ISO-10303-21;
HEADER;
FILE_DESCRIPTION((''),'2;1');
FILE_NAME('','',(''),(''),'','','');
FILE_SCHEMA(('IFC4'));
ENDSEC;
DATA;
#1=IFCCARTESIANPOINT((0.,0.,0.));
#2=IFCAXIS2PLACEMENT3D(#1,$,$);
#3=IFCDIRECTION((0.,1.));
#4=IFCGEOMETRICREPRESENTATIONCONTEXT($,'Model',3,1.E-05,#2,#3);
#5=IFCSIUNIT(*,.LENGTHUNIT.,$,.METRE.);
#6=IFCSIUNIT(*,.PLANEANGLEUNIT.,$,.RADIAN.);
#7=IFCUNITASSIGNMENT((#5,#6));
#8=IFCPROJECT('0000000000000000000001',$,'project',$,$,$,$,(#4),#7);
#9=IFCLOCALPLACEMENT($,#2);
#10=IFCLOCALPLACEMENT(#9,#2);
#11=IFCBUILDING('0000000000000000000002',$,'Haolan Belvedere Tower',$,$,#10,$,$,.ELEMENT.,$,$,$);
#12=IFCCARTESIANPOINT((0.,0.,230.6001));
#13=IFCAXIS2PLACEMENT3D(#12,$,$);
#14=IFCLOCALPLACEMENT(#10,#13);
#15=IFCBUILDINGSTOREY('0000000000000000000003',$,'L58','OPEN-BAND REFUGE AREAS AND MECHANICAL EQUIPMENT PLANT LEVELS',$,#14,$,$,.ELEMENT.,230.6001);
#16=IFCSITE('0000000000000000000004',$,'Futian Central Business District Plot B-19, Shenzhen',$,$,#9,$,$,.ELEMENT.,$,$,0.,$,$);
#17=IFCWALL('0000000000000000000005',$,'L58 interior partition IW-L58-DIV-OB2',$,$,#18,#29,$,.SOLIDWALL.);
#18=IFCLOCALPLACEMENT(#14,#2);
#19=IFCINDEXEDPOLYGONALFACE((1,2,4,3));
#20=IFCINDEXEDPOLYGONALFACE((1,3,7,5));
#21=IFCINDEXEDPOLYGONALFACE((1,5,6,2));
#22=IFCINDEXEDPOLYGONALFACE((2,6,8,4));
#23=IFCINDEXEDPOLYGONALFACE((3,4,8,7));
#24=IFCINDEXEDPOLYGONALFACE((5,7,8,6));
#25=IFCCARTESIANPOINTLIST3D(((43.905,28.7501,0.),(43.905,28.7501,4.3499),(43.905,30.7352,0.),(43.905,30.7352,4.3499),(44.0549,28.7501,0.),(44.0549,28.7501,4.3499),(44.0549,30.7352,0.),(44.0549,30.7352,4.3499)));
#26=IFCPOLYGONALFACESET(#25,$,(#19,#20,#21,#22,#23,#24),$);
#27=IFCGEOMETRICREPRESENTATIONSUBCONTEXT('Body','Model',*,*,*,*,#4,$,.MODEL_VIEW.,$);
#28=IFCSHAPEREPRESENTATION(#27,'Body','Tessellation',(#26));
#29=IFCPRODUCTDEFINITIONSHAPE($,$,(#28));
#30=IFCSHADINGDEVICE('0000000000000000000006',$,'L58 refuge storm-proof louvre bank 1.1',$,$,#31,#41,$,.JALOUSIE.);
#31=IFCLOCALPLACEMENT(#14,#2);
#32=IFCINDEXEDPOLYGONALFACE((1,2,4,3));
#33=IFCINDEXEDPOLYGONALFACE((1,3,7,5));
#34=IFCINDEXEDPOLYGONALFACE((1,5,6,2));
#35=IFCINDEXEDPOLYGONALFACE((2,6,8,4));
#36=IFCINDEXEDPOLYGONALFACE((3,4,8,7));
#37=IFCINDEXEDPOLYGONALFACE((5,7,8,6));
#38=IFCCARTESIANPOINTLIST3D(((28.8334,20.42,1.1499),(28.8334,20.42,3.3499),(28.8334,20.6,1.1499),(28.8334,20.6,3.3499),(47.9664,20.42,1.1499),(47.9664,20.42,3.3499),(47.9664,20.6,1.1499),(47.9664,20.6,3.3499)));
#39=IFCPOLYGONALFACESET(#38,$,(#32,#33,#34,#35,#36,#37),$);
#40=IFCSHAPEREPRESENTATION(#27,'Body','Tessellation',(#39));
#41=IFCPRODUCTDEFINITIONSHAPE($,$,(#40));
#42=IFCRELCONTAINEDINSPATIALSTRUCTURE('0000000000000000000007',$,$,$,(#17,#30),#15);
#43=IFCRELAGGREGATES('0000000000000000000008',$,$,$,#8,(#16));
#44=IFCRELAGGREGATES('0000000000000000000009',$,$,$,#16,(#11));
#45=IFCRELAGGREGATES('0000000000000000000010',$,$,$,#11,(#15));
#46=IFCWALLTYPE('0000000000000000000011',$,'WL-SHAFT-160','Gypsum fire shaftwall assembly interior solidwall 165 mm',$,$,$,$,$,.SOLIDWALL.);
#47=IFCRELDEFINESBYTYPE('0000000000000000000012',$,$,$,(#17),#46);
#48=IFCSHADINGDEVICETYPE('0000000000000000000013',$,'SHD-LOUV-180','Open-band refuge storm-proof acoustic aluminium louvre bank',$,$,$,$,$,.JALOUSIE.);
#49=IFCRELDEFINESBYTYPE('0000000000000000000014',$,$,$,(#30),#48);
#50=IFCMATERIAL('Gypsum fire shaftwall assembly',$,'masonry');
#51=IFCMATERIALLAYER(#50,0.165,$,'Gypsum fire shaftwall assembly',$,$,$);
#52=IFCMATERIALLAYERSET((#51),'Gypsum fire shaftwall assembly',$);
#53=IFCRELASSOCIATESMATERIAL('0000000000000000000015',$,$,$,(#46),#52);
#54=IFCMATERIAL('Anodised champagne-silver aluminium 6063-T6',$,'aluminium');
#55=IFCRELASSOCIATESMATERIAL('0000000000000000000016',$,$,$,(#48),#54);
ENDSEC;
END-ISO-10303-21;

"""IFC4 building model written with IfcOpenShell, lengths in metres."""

from ifc_helpers import new_model, si_unit, direction, frame, frame_2d, origin, origin_2d, place, context, subcontext, project, spatial, rectangle, extrude, material, layer, layer_set, type_object, element, save


model = new_model("IFC4")

# Units and contexts
model_context = context("Model", 3, precision=1e-05, world=origin(), true_north=direction((0.0, 1.0)))
body_context = subcontext(model_context, "Body", "Model", "MODEL_VIEW")
ifc_project = project(units=[si_unit("LENGTHUNIT", "METRE"), si_unit("PLANEANGLEUNIT", "RADIAN")], contexts=[model_context])

# Site, building, storey
site_placement = place(None, origin())
site = spatial("IfcSite", under=ifc_project, at=site_placement, Name="Futian Central Business District Plot B-19, Shenzhen", CompositionType="ELEMENT", RefElevation=0.0)
building_placement = place(site_placement, origin())
building = spatial("IfcBuilding", under=site, at=building_placement, Name="Haolan Belvedere Tower", CompositionType="ELEMENT")
storey_placement = place(building_placement, frame((0.0, 0.0, 230.6001)))
storey = spatial("IfcBuildingStorey", under=building, at=storey_placement, Name="L58", Description="OPEN-BAND REFUGE AREAS AND MECHANICAL EQUIPMENT PLANT LEVELS", CompositionType="ELEMENT", Elevation=230.6001)

# Shared definitions
ifc_material_1 = material(Name="Gypsum fire shaftwall assembly", Category="masonry")
ifc_layer_1 = layer(ifc_material_1, 0.165, Name="Gypsum fire shaftwall assembly")
ifc_layer_set_1 = layer_set([ifc_layer_1], Name="Gypsum fire shaftwall assembly")
wall_type_1 = type_object("IfcWallType", Name="WL-SHAFT-160", Description="Gypsum fire shaftwall assembly interior solidwall 165 mm", PredefinedType="SOLIDWALL", material=ifc_layer_set_1)

# Wall
for number, where, z_axis, x_axis, name in (
    (1, (43.98, 28.75, 0.0), (0.0, 0.0, 1.0), (0.0, 1.0, 0.0), "L58 interior partition IW-L58-DIV-OB2"),
):
    element("IfcWall", number, at=place(storey_placement, frame(where, z_axis=z_axis, x_axis=x_axis)), inside=storey, type_object=wall_type_1, Name=name, PredefinedType="SOLIDWALL", context=body_context, shape_type="SweptSolid", body=[
        extrude(rectangle(XDim=1.9851, YDim=0.1499, at=frame_2d((0.9927, 0.0))), origin(), (0.0, 0.0, 1.0), 4.3499),
    ])

# Shading device
ifc_material_2 = material(Name="Anodised champagne-silver aluminium 6063-T6", Category="aluminium")
shading_device_type = type_object("IfcShadingDeviceType", Name="SHD-LOUV-180", Description="Open-band refuge storm-proof acoustic aluminium louvre bank", PredefinedType="JALOUSIE", material=ifc_material_2)
shading_device_placement = place(storey_placement, frame((38.3999, 20.51, 1.1499), z_axis=(0.0, 0.0, 1.0), x_axis=(1.0, 0.0, 0.0)))
element("IfcShadingDevice", 2, at=shading_device_placement, inside=storey, type_object=shading_device_type, Name="L58 refuge storm-proof louvre bank 1.1", PredefinedType="JALOUSIE", context=body_context, shape_type="SweptSolid", body=[
    extrude(rectangle(XDim=19.1331, YDim=0.1799, at=origin_2d()), origin(), (0.0, 0.0, 1.0), 2.2),
])

save(model, "model.ifc")
